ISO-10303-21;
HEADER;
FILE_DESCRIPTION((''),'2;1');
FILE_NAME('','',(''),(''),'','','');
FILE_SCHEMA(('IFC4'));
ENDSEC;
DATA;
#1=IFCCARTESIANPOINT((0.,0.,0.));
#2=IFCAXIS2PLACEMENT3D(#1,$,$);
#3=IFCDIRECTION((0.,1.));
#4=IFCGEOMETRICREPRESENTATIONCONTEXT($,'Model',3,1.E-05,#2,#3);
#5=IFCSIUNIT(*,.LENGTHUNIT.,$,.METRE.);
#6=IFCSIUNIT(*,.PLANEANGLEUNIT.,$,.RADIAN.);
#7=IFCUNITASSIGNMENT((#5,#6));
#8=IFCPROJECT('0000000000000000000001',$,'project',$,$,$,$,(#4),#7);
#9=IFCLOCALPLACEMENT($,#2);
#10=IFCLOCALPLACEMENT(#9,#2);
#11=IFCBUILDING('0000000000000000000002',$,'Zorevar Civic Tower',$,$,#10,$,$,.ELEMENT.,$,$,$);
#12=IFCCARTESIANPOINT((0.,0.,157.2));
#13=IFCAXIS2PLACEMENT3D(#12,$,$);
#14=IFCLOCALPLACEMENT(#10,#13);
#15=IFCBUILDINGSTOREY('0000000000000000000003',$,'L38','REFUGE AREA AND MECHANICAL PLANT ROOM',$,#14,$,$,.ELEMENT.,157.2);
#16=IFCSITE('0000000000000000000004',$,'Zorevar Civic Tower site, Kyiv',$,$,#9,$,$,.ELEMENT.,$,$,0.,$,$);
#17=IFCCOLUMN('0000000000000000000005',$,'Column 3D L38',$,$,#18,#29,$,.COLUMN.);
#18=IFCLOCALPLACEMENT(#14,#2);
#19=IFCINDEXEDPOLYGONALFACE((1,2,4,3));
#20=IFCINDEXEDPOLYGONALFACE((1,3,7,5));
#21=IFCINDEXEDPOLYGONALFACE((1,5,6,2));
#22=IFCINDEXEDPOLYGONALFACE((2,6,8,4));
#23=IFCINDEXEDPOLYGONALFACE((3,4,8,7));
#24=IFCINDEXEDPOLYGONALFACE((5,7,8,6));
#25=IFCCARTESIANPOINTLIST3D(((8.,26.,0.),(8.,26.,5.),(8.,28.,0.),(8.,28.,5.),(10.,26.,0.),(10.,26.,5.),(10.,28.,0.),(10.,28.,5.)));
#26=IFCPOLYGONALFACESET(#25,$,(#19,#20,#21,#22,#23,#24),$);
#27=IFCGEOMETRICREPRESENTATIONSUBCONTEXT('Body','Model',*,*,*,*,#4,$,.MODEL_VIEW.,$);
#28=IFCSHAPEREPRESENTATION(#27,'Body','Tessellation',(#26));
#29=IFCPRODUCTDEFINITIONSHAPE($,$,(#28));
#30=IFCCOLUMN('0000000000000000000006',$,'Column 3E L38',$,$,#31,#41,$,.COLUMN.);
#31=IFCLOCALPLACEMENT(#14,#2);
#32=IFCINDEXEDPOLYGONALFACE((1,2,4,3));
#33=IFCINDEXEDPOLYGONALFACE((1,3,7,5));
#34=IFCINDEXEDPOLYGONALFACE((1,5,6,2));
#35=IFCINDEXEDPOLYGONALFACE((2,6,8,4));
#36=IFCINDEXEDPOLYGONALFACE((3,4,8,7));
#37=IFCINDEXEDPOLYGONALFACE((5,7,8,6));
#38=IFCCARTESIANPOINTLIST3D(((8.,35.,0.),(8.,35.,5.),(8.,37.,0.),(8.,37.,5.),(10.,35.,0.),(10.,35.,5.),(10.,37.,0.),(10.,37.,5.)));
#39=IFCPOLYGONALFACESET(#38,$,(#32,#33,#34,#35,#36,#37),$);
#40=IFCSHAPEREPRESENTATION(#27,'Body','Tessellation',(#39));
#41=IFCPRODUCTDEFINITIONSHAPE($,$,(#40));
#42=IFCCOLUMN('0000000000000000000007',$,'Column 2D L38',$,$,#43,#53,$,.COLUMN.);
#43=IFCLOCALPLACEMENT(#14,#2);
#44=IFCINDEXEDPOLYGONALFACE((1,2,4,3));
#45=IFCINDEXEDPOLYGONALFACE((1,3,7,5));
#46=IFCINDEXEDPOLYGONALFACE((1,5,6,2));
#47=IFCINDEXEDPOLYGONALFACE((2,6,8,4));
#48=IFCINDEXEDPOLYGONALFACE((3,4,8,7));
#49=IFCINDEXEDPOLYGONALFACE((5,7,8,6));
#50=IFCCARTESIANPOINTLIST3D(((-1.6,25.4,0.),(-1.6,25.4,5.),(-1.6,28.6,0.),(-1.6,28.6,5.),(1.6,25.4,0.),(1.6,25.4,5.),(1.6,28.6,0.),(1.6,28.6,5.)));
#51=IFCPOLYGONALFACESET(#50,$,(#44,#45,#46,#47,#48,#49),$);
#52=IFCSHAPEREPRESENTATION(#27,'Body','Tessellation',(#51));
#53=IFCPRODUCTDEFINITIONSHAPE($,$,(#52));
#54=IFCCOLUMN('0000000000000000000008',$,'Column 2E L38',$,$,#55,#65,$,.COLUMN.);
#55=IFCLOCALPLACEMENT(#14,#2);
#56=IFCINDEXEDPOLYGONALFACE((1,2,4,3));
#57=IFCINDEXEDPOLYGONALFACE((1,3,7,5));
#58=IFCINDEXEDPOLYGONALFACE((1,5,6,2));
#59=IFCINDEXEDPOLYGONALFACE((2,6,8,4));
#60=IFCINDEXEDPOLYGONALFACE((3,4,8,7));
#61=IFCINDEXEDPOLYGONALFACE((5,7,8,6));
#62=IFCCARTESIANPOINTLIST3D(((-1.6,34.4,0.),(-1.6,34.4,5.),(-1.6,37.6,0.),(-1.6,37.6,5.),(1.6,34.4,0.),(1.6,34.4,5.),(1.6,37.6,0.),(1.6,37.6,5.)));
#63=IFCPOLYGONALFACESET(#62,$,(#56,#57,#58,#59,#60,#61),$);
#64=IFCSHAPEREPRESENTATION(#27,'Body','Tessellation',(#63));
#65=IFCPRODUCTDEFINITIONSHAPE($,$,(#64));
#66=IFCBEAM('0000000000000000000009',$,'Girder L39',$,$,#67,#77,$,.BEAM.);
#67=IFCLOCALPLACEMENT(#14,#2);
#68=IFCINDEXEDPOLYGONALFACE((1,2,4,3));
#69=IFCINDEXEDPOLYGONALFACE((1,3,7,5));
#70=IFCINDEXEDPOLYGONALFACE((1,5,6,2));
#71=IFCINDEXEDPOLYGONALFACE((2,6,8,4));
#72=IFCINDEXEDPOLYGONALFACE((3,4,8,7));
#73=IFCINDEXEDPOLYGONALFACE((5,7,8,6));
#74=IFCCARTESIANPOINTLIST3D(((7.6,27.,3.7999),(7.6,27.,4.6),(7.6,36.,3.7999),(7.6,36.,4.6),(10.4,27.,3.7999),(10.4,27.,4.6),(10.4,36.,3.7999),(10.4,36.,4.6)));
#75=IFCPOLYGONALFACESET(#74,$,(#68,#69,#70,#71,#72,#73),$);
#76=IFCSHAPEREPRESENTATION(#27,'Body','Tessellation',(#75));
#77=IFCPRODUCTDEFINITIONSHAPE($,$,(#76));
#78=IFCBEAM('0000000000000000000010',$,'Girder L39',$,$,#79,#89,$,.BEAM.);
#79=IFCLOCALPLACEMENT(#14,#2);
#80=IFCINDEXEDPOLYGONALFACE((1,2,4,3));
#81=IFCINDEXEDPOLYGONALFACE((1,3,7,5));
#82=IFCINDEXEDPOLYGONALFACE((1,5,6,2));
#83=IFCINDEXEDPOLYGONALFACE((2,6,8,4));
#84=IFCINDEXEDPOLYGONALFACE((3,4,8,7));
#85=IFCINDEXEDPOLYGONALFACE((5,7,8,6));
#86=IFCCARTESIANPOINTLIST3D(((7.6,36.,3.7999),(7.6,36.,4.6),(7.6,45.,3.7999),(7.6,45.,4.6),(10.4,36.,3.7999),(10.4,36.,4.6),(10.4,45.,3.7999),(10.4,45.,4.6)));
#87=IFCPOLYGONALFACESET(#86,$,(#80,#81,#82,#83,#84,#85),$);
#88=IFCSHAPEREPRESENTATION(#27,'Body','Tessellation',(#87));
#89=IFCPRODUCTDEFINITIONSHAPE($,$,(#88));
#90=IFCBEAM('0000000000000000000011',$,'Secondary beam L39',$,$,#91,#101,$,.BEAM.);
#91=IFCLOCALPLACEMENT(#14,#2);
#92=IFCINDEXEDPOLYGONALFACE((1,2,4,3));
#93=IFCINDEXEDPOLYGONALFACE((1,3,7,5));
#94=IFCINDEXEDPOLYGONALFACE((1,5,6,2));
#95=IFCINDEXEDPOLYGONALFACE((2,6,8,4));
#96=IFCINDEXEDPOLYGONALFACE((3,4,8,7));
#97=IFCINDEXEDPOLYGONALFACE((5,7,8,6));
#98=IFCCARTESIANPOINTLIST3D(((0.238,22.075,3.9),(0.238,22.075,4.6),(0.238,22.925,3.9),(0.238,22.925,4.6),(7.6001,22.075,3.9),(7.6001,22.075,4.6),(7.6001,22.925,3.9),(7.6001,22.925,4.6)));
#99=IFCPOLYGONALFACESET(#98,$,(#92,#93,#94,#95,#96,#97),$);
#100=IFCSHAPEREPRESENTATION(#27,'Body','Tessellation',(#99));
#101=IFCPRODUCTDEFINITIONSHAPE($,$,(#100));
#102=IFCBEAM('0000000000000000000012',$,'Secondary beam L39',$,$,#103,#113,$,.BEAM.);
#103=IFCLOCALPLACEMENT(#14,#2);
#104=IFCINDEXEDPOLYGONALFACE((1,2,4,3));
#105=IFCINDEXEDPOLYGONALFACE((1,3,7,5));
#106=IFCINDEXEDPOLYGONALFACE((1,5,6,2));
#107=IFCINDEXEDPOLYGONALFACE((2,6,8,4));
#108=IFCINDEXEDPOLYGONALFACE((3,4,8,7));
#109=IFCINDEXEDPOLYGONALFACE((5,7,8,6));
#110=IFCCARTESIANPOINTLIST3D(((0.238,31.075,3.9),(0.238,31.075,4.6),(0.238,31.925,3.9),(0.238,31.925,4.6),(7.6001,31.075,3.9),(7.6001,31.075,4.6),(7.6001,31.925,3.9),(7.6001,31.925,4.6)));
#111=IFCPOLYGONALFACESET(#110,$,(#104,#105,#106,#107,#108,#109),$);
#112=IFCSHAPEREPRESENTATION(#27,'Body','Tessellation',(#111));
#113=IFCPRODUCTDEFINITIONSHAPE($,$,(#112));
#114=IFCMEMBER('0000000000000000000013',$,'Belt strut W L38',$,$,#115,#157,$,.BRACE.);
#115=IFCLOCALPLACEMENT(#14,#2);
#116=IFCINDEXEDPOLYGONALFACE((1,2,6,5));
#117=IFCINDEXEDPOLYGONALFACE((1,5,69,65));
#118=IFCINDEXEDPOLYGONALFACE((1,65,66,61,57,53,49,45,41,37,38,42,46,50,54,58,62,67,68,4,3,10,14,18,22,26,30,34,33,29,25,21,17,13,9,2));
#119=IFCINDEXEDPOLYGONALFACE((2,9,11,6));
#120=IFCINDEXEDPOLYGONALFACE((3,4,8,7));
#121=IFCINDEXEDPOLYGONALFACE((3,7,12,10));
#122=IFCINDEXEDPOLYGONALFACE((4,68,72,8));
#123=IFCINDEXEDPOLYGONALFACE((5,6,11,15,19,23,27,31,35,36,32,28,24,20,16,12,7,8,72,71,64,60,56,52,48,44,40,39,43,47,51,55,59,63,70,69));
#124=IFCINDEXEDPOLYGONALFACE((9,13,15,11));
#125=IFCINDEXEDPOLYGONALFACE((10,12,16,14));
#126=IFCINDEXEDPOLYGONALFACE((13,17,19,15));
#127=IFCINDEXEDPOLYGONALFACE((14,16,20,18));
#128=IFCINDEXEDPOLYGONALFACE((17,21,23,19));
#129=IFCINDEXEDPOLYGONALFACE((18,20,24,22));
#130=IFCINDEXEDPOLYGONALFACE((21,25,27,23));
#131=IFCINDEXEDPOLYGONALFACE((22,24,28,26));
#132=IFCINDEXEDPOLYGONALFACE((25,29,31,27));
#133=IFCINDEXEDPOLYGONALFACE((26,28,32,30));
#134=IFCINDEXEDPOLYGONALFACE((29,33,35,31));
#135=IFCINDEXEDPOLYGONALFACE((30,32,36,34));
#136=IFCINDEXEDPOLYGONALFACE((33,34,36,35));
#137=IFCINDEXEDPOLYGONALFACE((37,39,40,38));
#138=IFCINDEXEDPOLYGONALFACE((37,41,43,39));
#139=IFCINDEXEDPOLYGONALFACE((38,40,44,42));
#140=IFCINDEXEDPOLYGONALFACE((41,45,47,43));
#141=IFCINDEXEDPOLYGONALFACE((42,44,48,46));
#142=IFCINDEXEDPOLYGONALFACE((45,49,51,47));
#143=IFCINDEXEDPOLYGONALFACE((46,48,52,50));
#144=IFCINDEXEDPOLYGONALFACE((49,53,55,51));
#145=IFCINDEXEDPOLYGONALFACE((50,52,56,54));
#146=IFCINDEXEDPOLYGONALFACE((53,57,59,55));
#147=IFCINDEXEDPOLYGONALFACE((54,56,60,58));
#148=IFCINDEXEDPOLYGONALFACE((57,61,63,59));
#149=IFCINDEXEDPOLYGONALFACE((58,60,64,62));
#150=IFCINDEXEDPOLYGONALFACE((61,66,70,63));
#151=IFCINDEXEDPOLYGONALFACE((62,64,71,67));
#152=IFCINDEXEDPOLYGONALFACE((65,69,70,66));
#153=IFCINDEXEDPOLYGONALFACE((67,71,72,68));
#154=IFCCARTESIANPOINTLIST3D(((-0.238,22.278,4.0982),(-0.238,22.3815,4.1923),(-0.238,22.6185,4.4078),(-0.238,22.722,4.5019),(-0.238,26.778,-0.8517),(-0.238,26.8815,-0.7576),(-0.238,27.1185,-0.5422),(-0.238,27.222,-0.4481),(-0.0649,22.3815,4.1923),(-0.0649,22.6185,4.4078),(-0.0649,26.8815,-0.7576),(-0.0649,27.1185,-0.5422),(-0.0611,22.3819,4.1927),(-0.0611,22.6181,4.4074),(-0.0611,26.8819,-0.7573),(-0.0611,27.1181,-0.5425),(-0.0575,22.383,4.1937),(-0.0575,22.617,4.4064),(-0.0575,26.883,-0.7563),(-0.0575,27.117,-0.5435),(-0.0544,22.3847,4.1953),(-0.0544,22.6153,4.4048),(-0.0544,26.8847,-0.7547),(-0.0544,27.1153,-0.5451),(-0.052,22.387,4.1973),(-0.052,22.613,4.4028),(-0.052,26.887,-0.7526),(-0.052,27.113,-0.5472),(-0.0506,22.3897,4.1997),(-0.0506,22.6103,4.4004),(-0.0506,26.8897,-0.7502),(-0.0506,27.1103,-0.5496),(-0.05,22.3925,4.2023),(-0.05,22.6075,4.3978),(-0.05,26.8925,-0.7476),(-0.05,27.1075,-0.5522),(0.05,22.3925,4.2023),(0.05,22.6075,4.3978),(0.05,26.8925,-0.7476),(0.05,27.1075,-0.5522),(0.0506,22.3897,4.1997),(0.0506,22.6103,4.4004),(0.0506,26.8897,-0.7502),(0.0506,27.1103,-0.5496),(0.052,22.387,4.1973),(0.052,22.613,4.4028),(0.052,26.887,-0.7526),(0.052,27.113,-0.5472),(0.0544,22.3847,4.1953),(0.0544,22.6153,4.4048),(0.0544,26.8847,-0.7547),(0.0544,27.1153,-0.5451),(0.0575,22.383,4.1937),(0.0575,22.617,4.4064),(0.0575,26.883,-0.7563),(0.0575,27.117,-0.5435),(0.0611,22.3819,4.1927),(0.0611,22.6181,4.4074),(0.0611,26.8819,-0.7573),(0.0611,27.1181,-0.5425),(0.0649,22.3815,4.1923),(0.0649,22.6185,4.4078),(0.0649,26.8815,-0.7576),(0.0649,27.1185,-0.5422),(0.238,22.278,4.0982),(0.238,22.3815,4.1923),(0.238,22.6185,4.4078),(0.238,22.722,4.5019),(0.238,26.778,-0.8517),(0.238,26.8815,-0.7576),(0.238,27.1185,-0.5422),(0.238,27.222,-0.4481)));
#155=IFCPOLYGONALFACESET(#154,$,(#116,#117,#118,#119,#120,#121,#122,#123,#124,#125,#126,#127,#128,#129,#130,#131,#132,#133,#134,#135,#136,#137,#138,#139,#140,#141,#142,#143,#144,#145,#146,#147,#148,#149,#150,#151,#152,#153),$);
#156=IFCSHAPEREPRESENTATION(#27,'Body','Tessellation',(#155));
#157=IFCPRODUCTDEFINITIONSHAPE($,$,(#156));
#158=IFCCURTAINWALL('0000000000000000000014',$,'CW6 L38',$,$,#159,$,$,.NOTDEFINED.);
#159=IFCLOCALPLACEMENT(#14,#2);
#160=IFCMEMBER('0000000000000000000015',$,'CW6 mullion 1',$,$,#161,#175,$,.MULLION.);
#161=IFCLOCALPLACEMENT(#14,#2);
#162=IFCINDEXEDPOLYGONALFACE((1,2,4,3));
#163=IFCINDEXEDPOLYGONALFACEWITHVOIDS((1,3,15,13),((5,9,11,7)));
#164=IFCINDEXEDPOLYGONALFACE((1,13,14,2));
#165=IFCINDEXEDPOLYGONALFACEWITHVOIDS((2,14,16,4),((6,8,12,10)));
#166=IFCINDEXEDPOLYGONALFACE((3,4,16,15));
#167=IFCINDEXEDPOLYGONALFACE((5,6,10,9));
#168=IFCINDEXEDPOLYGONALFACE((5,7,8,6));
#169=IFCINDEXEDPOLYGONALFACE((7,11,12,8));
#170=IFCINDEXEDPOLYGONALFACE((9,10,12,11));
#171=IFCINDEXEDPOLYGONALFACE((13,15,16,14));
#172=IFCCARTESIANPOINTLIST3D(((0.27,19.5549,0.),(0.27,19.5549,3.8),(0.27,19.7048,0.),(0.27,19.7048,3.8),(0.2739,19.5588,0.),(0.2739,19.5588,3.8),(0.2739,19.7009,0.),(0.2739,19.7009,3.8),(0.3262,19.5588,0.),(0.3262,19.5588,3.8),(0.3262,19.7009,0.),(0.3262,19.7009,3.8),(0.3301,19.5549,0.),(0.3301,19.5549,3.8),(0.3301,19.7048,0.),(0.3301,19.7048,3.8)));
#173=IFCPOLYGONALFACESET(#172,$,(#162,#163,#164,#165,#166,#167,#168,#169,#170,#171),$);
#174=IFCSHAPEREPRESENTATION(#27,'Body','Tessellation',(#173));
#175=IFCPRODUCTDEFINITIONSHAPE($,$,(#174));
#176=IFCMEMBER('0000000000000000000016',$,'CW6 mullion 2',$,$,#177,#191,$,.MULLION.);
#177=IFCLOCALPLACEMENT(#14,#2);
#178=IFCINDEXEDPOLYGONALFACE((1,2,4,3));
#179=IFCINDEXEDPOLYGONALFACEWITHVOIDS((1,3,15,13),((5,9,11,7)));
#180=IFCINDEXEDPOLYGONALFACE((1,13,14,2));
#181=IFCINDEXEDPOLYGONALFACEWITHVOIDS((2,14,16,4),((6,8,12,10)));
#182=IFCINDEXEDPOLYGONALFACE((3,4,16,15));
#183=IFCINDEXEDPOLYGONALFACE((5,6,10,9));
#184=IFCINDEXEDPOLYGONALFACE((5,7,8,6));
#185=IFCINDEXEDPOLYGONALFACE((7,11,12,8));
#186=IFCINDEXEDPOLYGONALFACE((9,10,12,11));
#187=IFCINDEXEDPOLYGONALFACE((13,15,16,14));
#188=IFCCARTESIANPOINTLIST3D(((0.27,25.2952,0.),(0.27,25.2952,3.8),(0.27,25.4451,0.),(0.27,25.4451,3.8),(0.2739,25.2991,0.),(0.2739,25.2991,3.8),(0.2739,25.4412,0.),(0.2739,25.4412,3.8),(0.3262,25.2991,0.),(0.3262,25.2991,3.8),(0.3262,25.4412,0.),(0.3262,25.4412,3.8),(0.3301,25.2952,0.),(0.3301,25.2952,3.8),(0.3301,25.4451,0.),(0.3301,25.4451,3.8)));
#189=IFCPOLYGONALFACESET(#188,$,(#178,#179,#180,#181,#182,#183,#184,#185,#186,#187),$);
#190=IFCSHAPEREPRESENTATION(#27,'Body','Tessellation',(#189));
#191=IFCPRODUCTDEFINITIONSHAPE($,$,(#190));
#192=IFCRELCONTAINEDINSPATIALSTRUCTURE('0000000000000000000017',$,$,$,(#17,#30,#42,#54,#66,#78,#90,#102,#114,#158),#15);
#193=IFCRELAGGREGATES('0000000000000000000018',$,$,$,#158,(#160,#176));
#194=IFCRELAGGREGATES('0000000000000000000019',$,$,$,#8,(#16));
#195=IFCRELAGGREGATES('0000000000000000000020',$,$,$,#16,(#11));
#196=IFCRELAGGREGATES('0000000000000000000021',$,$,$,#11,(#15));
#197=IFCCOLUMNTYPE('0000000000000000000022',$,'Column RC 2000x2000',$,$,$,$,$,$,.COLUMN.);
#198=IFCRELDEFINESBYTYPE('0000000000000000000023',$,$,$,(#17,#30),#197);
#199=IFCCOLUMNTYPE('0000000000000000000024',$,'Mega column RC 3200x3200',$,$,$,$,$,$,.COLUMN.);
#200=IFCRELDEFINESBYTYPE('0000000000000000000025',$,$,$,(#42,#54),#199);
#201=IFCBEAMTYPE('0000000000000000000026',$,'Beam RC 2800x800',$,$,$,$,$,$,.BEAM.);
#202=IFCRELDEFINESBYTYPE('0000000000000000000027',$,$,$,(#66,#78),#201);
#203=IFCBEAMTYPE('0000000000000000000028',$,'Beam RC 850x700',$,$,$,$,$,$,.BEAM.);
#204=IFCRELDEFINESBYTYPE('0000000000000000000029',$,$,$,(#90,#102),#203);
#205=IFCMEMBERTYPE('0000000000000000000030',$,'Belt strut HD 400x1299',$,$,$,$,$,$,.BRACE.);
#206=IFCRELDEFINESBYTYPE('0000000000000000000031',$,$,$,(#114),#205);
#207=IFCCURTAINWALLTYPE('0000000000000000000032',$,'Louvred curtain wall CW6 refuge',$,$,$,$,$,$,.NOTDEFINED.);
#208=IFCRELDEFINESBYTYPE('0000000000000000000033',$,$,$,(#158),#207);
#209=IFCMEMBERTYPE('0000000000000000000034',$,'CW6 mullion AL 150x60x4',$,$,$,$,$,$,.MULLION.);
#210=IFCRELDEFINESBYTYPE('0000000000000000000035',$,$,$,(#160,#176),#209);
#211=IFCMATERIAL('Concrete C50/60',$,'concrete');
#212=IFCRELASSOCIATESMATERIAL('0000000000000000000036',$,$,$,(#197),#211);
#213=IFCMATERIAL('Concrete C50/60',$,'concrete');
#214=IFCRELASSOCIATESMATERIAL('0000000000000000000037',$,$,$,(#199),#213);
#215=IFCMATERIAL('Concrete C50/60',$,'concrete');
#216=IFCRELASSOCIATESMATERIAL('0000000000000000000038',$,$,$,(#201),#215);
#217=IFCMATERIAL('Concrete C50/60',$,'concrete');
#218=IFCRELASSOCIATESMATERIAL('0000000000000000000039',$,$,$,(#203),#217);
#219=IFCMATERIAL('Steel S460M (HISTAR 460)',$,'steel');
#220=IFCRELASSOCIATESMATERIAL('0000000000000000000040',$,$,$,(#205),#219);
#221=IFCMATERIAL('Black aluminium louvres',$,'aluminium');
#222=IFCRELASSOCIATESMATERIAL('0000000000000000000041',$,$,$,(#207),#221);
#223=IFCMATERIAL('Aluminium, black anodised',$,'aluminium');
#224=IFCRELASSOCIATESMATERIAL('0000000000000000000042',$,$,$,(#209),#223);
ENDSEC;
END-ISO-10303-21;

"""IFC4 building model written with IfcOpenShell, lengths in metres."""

from ifc_helpers import new_model, si_unit, direction, frame, origin, origin_2d, place, context, subcontext, project, spatial, rectangle, hollow_rectangle, i_section, extrude, material, material_profile, profile_set, type_object, element, aggregate, save


model = new_model("IFC4")

# Units and contexts
model_context = context("Model", 3, precision=1e-05, world=origin(), true_north=direction((0.0, 1.0)))
body_context = subcontext(model_context, "Body", "Model", "MODEL_VIEW")
ifc_project = project(units=[si_unit("LENGTHUNIT", "METRE"), si_unit("PLANEANGLEUNIT", "RADIAN")], contexts=[model_context])

# Site, building, storey
site_placement = place(None, origin())
site = spatial("IfcSite", under=ifc_project, at=site_placement, Name="Zorevar Civic Tower site, Kyiv", CompositionType="ELEMENT", RefElevation=0.0)
building_placement = place(site_placement, origin())
building = spatial("IfcBuilding", under=site, at=building_placement, Name="Zorevar Civic Tower", CompositionType="ELEMENT")
storey_placement = place(building_placement, frame((0.0, 0.0, 157.2)))
storey = spatial("IfcBuildingStorey", under=building, at=storey_placement, Name="L38", Description="REFUGE AREA AND MECHANICAL PLANT ROOM", CompositionType="ELEMENT", Elevation=157.2)

# Columns
ifc_material_1 = material(Name="Concrete C50/60", Category="concrete")
ifc_material_profile_1 = material_profile(ifc_material_1, rectangle(XDim=2.0, YDim=2.0, at=origin_2d()), Name="RC 2000x2000")
ifc_profile_set_1 = profile_set([ifc_material_profile_1], Name="Concrete C50/60")
column_type_1 = type_object("IfcColumnType", Name="Column RC 2000x2000", PredefinedType="COLUMN", material=ifc_profile_set_1)
for number, where, z_axis, x_axis, name in (
    (1, (9.0, 27.0, 0.0), (0.0, 0.0, 1.0), (1.0, 0.0, 0.0), "Column 3D L38"),
    (2, (9.0, 36.0, 0.0), (0.0, 0.0, 1.0), (1.0, 0.0, 0.0), "Column 3E L38"),
):
    element("IfcColumn", number, at=place(storey_placement, frame(where, z_axis=z_axis, x_axis=x_axis)), inside=storey, type_object=column_type_1, Name=name, PredefinedType="COLUMN", context=body_context, shape_type="SweptSolid", body=[
        extrude(rectangle(XDim=2.0, YDim=2.0, at=origin_2d()), origin(), (0.0, 0.0, 1.0), 5.0),
    ])
ifc_material_2 = material(Name="Concrete C50/60", Category="concrete")
ifc_material_profile_2 = material_profile(ifc_material_2, rectangle(XDim=3.2, YDim=3.2, at=origin_2d()), Name="RC 3200x3200")
ifc_profile_set_2 = profile_set([ifc_material_profile_2], Name="Concrete C50/60")
column_type_2 = type_object("IfcColumnType", Name="Mega column RC 3200x3200", PredefinedType="COLUMN", material=ifc_profile_set_2)
for number, where, z_axis, x_axis, name in (
    (3, (0.0, 27.0, 0.0), (0.0, 0.0, 1.0), (1.0, 0.0, 0.0), "Column 2D L38"),
    (4, (0.0, 36.0, 0.0), (0.0, 0.0, 1.0), (1.0, 0.0, 0.0), "Column 2E L38"),
):
    element("IfcColumn", number, at=place(storey_placement, frame(where, z_axis=z_axis, x_axis=x_axis)), inside=storey, type_object=column_type_2, Name=name, PredefinedType="COLUMN", context=body_context, shape_type="SweptSolid", body=[
        extrude(rectangle(XDim=3.2, YDim=3.2, at=origin_2d()), origin(), (0.0, 0.0, 1.0), 5.0),
    ])

# Beams
ifc_material_3 = material(Name="Concrete C50/60", Category="concrete")
ifc_material_profile_3 = material_profile(ifc_material_3, rectangle(XDim=2.8, YDim=0.8, at=origin_2d()), Name="RC 2800x800")
ifc_profile_set_3 = profile_set([ifc_material_profile_3], Name="Concrete C50/60")
beam_type_1 = type_object("IfcBeamType", Name="Beam RC 2800x800", PredefinedType="BEAM", material=ifc_profile_set_3)
for number, where, z_axis, x_axis, name in (
    (5, (9.0, 27.0, 4.2), (0.0, 1.0, 0.0), (-1.0, 0.0, 0.0), "Girder L39"),
    (6, (9.0, 36.0, 4.2), (0.0, 1.0, 0.0), (-1.0, 0.0, 0.0), "Girder L39"),
):
    element("IfcBeam", number, at=place(storey_placement, frame(where, z_axis=z_axis, x_axis=x_axis)), inside=storey, type_object=beam_type_1, Name=name, PredefinedType="BEAM", context=body_context, shape_type="SweptSolid", body=[
        extrude(rectangle(XDim=2.8, YDim=0.8, at=origin_2d()), origin(), (0.0, 0.0, 1.0), 9.0),
    ])
ifc_material_4 = material(Name="Concrete C50/60", Category="concrete")
ifc_material_profile_4 = material_profile(ifc_material_4, rectangle(XDim=0.8501, YDim=0.7, at=origin_2d()), Name="RC 850x700")
ifc_profile_set_4 = profile_set([ifc_material_profile_4], Name="Concrete C50/60")
beam_type_2 = type_object("IfcBeamType", Name="Beam RC 850x700", PredefinedType="BEAM", material=ifc_profile_set_4)
for number, where, z_axis, x_axis, name in (
    (7, (0.238, 22.5, 4.25), (1.0, 0.0, 0.0), (0.0, 1.0, 0.0), "Secondary beam L39"),
    (8, (0.238, 31.5, 4.25), (1.0, 0.0, 0.0), (0.0, 1.0, 0.0), "Secondary beam L39"),
):
    element("IfcBeam", number, at=place(storey_placement, frame(where, z_axis=z_axis, x_axis=x_axis)), inside=storey, type_object=beam_type_2, Name=name, PredefinedType="BEAM", context=body_context, shape_type="SweptSolid", body=[
        extrude(rectangle(XDim=0.8501, YDim=0.7, at=origin_2d()), origin(), (0.0, 0.0, 1.0), 7.3621),
    ])

# Member
ifc_material_5 = material(Name="Steel S460M (HISTAR 460)", Category="steel")
ifc_material_profile_5 = material_profile(ifc_material_5, i_section(OverallWidth=0.4761, OverallDepth=0.6001, WebThickness=0.1001, FlangeThickness=0.1399, FilletRadius=0.0149, at=origin_2d()), Name="HD 400x1299")
ifc_profile_set_5 = profile_set([ifc_material_profile_5], Name="Steel S460M (HISTAR 460)")
member_type_1 = type_object("IfcMemberType", Name="Belt strut HD 400x1299", PredefinedType="BRACE", material=ifc_profile_set_5)
member_1_placement = place(storey_placement, frame((0.0, 27.0, -0.6499), z_axis=(0.0, -0.672676, 0.739937), x_axis=(1.0, 0.0, 0.0)))
element("IfcMember", 9, at=member_1_placement, inside=storey, type_object=member_type_1, Name="Belt strut W L38", PredefinedType="BRACE", context=body_context, shape_type="SweptSolid", body=[
    extrude(i_section(OverallWidth=0.4761, OverallDepth=0.6001, WebThickness=0.1001, FlangeThickness=0.1399, FilletRadius=0.0149, at=origin_2d()), origin(), (0.0, 0.0, 1.0), 6.6897),
])

# Curtain wall, members
ifc_material_6 = material(Name="Black aluminium louvres", Category="aluminium")
curtain_wall_type = type_object("IfcCurtainWallType", Name="Louvred curtain wall CW6 refuge", PredefinedType="NOTDEFINED", material=ifc_material_6)
curtain_wall_1_placement = place(storey_placement, origin())
curtain_wall_1 = element("IfcCurtainWall", 10, at=curtain_wall_1_placement, inside=storey, type_object=curtain_wall_type, Name="CW6 L38", PredefinedType="NOTDEFINED")
ifc_material_7 = material(Name="Aluminium, black anodised", Category="aluminium")
ifc_material_profile_6 = material_profile(ifc_material_7, hollow_rectangle(XDim=0.0601, YDim=0.1499, WallThickness=0.0039, at=origin_2d()), Name="AL 150x60x4")
ifc_profile_set_6 = profile_set([ifc_material_profile_6], Name="Aluminium, black anodised")
member_type_2 = type_object("IfcMemberType", Name="CW6 mullion AL 150x60x4", PredefinedType="MULLION", material=ifc_profile_set_6)
member_2_placement = place(storey_placement, frame((0.3, 19.6299, 0.0), z_axis=(0.0, 0.0, 1.0), x_axis=(-1.0, 0.0, 0.0)))
member_2 = element("IfcMember", 11, at=member_2_placement, type_object=member_type_2, Name="CW6 mullion 1", PredefinedType="MULLION", context=body_context, shape_type="SweptSolid", body=[
    extrude(hollow_rectangle(XDim=0.0601, YDim=0.1499, WallThickness=0.0039, at=origin_2d()), origin(), (0.0, 0.0, 1.0), 3.8),
])
member_3_placement = place(storey_placement, frame((0.3, 25.3701, 0.0), z_axis=(0.0, 0.0, 1.0), x_axis=(-1.0, 0.0, 0.0)))
member_3 = element("IfcMember", 12, at=member_3_placement, type_object=member_type_2, Name="CW6 mullion 2", PredefinedType="MULLION", context=body_context, shape_type="SweptSolid", body=[
    extrude(hollow_rectangle(XDim=0.0601, YDim=0.1499, WallThickness=0.0039, at=origin_2d()), origin(), (0.0, 0.0, 1.0), 3.8),
])

aggregate(curtain_wall_1, [member_2, member_3])

save(model, "model.ifc")
